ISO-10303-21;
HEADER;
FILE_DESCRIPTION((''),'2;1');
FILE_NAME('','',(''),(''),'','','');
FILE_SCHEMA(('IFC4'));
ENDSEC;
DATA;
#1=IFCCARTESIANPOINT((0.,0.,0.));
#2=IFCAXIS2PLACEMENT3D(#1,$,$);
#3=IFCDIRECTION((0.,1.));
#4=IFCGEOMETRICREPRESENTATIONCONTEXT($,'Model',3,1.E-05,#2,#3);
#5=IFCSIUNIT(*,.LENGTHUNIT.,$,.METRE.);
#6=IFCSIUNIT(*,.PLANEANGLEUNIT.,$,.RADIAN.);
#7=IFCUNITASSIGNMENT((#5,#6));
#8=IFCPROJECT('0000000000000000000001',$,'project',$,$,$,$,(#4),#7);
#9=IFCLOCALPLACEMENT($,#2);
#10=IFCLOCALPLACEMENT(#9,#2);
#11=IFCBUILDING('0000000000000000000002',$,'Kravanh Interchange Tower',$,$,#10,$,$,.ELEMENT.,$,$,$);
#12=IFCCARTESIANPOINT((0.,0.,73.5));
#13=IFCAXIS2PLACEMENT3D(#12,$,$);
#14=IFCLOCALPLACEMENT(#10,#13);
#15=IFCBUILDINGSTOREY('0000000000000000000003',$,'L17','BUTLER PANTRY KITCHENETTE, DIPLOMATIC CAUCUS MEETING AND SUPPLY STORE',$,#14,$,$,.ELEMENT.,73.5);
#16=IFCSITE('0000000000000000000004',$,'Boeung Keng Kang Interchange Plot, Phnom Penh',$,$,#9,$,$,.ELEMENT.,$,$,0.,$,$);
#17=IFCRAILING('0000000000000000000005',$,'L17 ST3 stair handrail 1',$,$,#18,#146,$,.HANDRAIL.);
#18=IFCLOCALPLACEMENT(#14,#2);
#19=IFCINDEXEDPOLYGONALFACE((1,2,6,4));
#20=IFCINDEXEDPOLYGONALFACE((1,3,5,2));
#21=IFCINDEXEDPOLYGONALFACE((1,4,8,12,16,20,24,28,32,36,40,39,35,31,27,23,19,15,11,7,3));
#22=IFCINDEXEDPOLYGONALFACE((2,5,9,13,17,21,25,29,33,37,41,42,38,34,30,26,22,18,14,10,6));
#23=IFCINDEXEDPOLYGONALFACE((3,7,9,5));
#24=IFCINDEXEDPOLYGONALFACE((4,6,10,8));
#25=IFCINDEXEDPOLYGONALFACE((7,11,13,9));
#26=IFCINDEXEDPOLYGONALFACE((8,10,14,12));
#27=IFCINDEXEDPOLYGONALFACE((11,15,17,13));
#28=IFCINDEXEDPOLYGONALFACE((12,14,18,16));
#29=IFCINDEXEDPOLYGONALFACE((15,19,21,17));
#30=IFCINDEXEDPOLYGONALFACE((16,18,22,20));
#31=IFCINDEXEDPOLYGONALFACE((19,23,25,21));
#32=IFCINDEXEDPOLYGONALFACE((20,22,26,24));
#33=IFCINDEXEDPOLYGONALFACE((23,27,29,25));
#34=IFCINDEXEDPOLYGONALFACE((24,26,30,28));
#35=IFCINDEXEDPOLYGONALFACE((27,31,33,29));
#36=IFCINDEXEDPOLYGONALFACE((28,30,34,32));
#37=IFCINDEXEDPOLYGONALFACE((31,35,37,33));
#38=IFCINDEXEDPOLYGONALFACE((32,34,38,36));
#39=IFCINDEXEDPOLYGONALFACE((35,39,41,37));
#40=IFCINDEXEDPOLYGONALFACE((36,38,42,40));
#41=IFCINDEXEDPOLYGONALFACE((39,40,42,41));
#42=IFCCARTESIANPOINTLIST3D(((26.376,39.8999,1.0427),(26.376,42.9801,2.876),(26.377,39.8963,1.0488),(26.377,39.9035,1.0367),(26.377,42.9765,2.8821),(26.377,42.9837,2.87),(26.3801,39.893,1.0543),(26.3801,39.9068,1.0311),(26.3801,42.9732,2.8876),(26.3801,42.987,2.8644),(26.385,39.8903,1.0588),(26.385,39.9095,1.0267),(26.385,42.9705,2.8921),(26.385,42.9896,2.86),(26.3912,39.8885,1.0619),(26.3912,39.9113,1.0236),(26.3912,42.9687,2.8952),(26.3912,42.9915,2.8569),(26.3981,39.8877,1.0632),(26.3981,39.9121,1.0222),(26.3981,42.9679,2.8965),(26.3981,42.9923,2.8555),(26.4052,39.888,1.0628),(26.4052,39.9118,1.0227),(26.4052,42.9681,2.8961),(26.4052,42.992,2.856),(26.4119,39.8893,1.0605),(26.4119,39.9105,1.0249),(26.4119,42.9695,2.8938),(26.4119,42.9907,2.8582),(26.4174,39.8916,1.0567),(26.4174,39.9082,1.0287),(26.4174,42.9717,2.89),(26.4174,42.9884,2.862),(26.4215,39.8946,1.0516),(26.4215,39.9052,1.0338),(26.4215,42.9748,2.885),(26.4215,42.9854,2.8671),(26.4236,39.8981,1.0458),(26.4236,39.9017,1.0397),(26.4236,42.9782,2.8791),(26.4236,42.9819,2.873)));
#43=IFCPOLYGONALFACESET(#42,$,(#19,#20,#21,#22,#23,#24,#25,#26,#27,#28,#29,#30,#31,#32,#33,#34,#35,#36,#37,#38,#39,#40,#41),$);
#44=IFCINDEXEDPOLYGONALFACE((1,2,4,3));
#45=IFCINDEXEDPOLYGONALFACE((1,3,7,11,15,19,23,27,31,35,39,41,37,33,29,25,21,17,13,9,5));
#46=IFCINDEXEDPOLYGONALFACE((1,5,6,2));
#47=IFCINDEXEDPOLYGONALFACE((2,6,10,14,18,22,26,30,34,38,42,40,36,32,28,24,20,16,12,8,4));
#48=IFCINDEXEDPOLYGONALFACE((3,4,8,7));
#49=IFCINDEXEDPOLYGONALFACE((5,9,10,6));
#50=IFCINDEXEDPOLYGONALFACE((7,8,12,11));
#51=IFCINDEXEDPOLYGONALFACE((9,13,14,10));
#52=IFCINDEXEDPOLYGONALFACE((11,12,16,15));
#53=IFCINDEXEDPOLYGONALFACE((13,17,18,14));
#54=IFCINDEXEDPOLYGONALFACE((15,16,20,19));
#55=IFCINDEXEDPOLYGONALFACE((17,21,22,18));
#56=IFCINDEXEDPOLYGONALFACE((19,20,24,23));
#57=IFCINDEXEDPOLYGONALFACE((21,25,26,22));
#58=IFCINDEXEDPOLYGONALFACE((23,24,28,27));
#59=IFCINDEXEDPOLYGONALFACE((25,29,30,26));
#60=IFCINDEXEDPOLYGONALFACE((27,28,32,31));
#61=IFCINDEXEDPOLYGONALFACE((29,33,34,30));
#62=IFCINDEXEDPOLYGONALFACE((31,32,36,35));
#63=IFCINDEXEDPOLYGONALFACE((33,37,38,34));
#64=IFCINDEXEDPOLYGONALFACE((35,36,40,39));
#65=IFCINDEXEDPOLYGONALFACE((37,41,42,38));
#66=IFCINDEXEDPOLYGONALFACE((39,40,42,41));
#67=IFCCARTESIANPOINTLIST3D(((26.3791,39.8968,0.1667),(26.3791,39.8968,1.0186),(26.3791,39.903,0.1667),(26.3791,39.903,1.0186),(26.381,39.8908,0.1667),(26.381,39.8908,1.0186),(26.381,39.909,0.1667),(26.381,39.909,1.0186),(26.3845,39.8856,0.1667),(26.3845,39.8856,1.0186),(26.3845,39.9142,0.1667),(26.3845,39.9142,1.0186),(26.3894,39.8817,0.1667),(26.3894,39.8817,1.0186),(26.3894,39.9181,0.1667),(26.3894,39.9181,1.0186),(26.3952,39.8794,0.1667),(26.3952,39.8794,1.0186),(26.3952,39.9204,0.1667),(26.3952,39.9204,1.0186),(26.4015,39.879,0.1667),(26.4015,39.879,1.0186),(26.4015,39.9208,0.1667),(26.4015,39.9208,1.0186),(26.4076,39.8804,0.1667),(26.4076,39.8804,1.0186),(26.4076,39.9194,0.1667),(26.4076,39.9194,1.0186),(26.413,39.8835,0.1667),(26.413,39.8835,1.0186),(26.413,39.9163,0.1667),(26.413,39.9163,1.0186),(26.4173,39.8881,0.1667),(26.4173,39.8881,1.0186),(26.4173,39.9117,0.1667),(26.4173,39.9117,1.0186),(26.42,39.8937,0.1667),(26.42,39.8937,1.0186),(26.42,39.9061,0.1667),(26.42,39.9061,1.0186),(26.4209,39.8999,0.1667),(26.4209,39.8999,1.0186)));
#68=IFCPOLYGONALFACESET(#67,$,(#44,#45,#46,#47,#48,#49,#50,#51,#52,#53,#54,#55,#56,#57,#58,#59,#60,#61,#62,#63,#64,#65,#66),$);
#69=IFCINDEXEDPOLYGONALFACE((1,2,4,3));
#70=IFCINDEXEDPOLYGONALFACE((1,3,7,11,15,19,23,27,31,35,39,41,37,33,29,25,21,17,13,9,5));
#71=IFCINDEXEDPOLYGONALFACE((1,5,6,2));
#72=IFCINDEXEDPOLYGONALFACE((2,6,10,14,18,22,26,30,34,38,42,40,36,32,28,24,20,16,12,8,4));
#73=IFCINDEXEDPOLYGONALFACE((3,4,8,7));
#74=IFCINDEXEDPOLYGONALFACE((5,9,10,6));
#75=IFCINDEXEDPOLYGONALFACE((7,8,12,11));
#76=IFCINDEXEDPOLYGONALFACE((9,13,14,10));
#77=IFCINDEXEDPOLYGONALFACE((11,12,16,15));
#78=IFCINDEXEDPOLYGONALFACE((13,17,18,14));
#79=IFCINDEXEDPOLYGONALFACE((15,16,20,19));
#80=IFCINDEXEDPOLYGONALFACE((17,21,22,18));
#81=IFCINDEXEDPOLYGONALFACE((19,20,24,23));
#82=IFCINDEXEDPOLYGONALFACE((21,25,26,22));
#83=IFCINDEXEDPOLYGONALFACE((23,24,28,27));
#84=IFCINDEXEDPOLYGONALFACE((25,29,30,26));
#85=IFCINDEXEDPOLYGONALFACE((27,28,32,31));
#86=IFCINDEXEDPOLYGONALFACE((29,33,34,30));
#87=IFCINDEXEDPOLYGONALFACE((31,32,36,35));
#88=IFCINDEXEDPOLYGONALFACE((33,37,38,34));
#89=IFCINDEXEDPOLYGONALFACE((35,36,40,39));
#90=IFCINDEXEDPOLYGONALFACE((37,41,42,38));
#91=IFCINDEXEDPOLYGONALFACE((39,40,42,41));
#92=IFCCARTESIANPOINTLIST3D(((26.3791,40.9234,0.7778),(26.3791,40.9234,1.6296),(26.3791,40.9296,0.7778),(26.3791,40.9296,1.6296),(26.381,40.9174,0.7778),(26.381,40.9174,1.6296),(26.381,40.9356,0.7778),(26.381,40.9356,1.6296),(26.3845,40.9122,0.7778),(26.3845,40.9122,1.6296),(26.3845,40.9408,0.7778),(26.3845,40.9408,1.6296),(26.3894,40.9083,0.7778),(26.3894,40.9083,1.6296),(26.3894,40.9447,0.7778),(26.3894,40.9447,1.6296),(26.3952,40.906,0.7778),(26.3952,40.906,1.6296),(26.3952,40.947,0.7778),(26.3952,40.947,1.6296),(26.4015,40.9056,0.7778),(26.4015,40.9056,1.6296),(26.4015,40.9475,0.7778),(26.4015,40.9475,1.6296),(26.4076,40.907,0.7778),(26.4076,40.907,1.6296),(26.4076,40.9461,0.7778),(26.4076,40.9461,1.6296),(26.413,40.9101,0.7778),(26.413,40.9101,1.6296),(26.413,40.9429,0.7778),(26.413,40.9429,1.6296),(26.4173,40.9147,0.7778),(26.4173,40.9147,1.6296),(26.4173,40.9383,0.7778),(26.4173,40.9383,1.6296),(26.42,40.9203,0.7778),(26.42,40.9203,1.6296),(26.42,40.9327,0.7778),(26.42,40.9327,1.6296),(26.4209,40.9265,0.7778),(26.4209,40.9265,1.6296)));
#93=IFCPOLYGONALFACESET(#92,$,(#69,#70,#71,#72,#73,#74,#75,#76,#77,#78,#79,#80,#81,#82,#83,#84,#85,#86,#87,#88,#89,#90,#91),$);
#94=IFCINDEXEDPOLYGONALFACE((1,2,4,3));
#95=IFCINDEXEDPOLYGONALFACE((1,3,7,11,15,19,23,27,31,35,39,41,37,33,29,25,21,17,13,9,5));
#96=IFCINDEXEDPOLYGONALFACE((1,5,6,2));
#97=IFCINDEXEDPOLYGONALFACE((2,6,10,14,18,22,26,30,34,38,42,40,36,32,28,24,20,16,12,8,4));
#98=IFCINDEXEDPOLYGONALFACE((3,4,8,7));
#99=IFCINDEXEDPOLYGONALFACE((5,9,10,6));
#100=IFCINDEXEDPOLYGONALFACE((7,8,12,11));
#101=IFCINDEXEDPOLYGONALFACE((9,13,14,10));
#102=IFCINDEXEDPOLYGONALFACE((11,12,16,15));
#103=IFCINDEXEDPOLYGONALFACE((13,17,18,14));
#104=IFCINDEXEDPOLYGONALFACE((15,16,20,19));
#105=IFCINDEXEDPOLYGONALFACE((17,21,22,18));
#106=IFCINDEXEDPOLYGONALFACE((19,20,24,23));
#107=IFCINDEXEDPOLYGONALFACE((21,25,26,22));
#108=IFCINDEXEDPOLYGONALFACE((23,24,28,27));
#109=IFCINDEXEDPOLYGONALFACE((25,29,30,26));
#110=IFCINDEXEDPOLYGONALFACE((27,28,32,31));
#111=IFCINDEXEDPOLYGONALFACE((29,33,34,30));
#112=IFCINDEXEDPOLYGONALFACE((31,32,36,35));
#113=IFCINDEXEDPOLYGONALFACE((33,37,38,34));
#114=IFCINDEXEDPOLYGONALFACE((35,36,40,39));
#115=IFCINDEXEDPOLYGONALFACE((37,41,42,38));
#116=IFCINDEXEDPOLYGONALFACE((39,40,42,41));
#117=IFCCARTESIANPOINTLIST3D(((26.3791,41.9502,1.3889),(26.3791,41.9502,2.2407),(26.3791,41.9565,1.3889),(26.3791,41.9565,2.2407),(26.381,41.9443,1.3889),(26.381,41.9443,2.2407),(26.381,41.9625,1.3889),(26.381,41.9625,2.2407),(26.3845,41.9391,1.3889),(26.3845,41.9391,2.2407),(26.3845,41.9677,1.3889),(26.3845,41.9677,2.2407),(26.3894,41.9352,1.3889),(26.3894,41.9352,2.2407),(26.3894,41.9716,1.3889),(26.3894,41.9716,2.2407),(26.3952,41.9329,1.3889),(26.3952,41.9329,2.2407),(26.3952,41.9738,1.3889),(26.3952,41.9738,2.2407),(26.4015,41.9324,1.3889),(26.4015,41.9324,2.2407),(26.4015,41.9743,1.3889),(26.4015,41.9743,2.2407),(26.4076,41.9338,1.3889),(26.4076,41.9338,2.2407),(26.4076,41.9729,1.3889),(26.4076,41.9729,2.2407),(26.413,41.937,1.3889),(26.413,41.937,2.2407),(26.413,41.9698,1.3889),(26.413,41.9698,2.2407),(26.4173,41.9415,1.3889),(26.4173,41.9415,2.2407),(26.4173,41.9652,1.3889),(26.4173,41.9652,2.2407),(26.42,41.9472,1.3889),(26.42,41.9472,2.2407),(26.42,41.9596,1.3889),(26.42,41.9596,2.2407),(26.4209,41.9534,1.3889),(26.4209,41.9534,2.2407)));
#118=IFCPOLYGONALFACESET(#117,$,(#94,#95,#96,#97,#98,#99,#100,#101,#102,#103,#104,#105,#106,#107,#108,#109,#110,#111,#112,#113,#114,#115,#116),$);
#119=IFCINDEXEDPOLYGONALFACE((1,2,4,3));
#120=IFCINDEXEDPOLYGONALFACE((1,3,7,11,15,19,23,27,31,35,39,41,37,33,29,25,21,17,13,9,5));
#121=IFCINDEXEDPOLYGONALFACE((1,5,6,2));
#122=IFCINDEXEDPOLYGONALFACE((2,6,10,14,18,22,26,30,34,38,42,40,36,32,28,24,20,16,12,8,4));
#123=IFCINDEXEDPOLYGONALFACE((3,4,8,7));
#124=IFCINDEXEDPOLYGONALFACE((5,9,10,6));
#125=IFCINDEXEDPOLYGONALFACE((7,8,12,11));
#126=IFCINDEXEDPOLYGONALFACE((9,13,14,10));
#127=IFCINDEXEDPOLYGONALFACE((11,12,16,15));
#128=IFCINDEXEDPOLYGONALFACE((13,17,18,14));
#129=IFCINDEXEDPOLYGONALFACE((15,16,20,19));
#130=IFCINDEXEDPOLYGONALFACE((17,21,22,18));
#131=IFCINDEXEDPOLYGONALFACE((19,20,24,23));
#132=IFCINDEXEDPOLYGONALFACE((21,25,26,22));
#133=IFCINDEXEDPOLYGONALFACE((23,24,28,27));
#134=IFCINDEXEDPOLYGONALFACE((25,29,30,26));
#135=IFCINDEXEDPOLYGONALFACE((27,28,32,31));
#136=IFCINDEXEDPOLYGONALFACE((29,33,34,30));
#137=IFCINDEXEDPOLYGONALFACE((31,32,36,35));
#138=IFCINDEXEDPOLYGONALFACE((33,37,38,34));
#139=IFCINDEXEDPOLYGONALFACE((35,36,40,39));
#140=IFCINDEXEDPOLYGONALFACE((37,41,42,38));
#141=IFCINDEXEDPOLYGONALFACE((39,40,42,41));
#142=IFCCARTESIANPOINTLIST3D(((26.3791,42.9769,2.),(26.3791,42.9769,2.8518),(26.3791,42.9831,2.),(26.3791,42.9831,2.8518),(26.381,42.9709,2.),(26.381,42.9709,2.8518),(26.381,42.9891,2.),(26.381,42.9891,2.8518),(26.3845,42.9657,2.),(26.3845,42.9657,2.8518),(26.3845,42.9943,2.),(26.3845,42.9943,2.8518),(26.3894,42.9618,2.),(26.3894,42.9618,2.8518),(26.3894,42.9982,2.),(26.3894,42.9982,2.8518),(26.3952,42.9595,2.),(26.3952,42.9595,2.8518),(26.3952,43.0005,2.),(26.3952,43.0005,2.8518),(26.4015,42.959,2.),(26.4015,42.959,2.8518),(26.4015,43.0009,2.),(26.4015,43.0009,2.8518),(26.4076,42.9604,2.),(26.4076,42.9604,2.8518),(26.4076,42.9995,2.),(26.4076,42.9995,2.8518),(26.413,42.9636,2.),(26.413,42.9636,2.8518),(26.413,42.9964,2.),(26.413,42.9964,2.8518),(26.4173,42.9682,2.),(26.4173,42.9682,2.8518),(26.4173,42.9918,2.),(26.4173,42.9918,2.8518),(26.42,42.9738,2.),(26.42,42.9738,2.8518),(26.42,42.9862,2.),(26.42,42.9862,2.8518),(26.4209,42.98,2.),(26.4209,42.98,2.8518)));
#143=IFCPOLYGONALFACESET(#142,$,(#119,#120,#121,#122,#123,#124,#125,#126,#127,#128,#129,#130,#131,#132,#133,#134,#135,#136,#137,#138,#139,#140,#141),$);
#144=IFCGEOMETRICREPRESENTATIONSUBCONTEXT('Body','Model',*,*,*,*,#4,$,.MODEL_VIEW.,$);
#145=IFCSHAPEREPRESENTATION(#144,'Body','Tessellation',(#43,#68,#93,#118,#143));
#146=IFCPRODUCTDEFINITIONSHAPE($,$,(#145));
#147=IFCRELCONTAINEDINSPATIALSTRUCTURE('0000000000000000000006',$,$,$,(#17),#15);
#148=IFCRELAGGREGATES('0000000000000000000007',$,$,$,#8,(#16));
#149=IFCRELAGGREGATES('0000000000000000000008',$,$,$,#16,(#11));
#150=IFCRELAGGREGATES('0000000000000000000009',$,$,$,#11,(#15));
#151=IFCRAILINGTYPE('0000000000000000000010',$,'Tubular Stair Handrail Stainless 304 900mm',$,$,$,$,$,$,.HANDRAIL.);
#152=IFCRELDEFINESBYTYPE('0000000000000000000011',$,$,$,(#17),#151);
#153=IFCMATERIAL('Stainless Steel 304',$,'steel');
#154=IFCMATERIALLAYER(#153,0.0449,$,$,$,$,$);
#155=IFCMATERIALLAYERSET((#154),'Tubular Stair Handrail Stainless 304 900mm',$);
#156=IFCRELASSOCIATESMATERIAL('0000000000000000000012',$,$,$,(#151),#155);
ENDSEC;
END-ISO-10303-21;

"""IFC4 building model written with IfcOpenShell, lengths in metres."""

from ifc_helpers import new_model, si_unit, direction, frame, origin, origin_2d, place, context, subcontext, project, spatial, circle, extrude, material, layer, layer_set, type_object, element, save


model = new_model("IFC4")

# Units and contexts
model_context = context("Model", 3, precision=1e-05, world=origin(), true_north=direction((0.0, 1.0)))
body_context = subcontext(model_context, "Body", "Model", "MODEL_VIEW")
ifc_project = project(units=[si_unit("LENGTHUNIT", "METRE"), si_unit("PLANEANGLEUNIT", "RADIAN")], contexts=[model_context])

# Site, building, storey
site_placement = place(None, origin())
site = spatial("IfcSite", under=ifc_project, at=site_placement, Name="Boeung Keng Kang Interchange Plot, Phnom Penh", CompositionType="ELEMENT", RefElevation=0.0)
building_placement = place(site_placement, origin())
building = spatial("IfcBuilding", under=site, at=building_placement, Name="Kravanh Interchange Tower", CompositionType="ELEMENT")
storey_placement = place(building_placement, frame((0.0, 0.0, 73.5)))
storey = spatial("IfcBuildingStorey", under=building, at=storey_placement, Name="L17", Description="BUTLER PANTRY KITCHENETTE, DIPLOMATIC CAUCUS MEETING AND SUPPLY STORE", CompositionType="ELEMENT", Elevation=73.5)

# Railing
ifc_material_1 = material(Name="Stainless Steel 304", Category="steel")
ifc_layer_1 = layer(ifc_material_1, 0.0449)
ifc_layer_set_1 = layer_set([ifc_layer_1], Name="Tubular Stair Handrail Stainless 304 900mm")
railing_type_1 = type_object("IfcRailingType", Name="Tubular Stair Handrail Stainless 304 900mm", PredefinedType="HANDRAIL", material=ifc_layer_set_1)
railing_1_placement = place(storey_placement, frame((26.3999, 39.8999, 0.1667)))
element("IfcRailing", 1, at=railing_1_placement, inside=storey, type_object=railing_type_1, Name="L17 ST3 stair handrail 1", PredefinedType="HANDRAIL", context=body_context, shape_type="SweptSolid", body=[
    extrude(circle(Radius=0.0239, at=origin_2d()), frame((0.0, 0.0, 0.876), z_axis=(0.0, 0.859309, 0.511458), x_axis=(-1.0, 0.0, 0.0)), (0.0, 0.0, 1.0), 3.5845),
    extrude(circle(Radius=0.021, at=origin_2d()), origin(), (0.0, 0.0, 1.0), 0.8518),
    extrude(circle(Radius=0.021, at=origin_2d()), frame((0.0, 1.0266, 0.6111)), (0.0, 0.0, 1.0), 0.8518),
    extrude(circle(Radius=0.021, at=origin_2d()), frame((0.0, 2.0535, 1.2222)), (0.0, 0.0, 1.0), 0.8518),
    extrude(circle(Radius=0.021, at=origin_2d()), frame((0.0, 3.0801, 1.8333)), (0.0, 0.0, 1.0), 0.8518),
])

save(model, "model.ifc")
